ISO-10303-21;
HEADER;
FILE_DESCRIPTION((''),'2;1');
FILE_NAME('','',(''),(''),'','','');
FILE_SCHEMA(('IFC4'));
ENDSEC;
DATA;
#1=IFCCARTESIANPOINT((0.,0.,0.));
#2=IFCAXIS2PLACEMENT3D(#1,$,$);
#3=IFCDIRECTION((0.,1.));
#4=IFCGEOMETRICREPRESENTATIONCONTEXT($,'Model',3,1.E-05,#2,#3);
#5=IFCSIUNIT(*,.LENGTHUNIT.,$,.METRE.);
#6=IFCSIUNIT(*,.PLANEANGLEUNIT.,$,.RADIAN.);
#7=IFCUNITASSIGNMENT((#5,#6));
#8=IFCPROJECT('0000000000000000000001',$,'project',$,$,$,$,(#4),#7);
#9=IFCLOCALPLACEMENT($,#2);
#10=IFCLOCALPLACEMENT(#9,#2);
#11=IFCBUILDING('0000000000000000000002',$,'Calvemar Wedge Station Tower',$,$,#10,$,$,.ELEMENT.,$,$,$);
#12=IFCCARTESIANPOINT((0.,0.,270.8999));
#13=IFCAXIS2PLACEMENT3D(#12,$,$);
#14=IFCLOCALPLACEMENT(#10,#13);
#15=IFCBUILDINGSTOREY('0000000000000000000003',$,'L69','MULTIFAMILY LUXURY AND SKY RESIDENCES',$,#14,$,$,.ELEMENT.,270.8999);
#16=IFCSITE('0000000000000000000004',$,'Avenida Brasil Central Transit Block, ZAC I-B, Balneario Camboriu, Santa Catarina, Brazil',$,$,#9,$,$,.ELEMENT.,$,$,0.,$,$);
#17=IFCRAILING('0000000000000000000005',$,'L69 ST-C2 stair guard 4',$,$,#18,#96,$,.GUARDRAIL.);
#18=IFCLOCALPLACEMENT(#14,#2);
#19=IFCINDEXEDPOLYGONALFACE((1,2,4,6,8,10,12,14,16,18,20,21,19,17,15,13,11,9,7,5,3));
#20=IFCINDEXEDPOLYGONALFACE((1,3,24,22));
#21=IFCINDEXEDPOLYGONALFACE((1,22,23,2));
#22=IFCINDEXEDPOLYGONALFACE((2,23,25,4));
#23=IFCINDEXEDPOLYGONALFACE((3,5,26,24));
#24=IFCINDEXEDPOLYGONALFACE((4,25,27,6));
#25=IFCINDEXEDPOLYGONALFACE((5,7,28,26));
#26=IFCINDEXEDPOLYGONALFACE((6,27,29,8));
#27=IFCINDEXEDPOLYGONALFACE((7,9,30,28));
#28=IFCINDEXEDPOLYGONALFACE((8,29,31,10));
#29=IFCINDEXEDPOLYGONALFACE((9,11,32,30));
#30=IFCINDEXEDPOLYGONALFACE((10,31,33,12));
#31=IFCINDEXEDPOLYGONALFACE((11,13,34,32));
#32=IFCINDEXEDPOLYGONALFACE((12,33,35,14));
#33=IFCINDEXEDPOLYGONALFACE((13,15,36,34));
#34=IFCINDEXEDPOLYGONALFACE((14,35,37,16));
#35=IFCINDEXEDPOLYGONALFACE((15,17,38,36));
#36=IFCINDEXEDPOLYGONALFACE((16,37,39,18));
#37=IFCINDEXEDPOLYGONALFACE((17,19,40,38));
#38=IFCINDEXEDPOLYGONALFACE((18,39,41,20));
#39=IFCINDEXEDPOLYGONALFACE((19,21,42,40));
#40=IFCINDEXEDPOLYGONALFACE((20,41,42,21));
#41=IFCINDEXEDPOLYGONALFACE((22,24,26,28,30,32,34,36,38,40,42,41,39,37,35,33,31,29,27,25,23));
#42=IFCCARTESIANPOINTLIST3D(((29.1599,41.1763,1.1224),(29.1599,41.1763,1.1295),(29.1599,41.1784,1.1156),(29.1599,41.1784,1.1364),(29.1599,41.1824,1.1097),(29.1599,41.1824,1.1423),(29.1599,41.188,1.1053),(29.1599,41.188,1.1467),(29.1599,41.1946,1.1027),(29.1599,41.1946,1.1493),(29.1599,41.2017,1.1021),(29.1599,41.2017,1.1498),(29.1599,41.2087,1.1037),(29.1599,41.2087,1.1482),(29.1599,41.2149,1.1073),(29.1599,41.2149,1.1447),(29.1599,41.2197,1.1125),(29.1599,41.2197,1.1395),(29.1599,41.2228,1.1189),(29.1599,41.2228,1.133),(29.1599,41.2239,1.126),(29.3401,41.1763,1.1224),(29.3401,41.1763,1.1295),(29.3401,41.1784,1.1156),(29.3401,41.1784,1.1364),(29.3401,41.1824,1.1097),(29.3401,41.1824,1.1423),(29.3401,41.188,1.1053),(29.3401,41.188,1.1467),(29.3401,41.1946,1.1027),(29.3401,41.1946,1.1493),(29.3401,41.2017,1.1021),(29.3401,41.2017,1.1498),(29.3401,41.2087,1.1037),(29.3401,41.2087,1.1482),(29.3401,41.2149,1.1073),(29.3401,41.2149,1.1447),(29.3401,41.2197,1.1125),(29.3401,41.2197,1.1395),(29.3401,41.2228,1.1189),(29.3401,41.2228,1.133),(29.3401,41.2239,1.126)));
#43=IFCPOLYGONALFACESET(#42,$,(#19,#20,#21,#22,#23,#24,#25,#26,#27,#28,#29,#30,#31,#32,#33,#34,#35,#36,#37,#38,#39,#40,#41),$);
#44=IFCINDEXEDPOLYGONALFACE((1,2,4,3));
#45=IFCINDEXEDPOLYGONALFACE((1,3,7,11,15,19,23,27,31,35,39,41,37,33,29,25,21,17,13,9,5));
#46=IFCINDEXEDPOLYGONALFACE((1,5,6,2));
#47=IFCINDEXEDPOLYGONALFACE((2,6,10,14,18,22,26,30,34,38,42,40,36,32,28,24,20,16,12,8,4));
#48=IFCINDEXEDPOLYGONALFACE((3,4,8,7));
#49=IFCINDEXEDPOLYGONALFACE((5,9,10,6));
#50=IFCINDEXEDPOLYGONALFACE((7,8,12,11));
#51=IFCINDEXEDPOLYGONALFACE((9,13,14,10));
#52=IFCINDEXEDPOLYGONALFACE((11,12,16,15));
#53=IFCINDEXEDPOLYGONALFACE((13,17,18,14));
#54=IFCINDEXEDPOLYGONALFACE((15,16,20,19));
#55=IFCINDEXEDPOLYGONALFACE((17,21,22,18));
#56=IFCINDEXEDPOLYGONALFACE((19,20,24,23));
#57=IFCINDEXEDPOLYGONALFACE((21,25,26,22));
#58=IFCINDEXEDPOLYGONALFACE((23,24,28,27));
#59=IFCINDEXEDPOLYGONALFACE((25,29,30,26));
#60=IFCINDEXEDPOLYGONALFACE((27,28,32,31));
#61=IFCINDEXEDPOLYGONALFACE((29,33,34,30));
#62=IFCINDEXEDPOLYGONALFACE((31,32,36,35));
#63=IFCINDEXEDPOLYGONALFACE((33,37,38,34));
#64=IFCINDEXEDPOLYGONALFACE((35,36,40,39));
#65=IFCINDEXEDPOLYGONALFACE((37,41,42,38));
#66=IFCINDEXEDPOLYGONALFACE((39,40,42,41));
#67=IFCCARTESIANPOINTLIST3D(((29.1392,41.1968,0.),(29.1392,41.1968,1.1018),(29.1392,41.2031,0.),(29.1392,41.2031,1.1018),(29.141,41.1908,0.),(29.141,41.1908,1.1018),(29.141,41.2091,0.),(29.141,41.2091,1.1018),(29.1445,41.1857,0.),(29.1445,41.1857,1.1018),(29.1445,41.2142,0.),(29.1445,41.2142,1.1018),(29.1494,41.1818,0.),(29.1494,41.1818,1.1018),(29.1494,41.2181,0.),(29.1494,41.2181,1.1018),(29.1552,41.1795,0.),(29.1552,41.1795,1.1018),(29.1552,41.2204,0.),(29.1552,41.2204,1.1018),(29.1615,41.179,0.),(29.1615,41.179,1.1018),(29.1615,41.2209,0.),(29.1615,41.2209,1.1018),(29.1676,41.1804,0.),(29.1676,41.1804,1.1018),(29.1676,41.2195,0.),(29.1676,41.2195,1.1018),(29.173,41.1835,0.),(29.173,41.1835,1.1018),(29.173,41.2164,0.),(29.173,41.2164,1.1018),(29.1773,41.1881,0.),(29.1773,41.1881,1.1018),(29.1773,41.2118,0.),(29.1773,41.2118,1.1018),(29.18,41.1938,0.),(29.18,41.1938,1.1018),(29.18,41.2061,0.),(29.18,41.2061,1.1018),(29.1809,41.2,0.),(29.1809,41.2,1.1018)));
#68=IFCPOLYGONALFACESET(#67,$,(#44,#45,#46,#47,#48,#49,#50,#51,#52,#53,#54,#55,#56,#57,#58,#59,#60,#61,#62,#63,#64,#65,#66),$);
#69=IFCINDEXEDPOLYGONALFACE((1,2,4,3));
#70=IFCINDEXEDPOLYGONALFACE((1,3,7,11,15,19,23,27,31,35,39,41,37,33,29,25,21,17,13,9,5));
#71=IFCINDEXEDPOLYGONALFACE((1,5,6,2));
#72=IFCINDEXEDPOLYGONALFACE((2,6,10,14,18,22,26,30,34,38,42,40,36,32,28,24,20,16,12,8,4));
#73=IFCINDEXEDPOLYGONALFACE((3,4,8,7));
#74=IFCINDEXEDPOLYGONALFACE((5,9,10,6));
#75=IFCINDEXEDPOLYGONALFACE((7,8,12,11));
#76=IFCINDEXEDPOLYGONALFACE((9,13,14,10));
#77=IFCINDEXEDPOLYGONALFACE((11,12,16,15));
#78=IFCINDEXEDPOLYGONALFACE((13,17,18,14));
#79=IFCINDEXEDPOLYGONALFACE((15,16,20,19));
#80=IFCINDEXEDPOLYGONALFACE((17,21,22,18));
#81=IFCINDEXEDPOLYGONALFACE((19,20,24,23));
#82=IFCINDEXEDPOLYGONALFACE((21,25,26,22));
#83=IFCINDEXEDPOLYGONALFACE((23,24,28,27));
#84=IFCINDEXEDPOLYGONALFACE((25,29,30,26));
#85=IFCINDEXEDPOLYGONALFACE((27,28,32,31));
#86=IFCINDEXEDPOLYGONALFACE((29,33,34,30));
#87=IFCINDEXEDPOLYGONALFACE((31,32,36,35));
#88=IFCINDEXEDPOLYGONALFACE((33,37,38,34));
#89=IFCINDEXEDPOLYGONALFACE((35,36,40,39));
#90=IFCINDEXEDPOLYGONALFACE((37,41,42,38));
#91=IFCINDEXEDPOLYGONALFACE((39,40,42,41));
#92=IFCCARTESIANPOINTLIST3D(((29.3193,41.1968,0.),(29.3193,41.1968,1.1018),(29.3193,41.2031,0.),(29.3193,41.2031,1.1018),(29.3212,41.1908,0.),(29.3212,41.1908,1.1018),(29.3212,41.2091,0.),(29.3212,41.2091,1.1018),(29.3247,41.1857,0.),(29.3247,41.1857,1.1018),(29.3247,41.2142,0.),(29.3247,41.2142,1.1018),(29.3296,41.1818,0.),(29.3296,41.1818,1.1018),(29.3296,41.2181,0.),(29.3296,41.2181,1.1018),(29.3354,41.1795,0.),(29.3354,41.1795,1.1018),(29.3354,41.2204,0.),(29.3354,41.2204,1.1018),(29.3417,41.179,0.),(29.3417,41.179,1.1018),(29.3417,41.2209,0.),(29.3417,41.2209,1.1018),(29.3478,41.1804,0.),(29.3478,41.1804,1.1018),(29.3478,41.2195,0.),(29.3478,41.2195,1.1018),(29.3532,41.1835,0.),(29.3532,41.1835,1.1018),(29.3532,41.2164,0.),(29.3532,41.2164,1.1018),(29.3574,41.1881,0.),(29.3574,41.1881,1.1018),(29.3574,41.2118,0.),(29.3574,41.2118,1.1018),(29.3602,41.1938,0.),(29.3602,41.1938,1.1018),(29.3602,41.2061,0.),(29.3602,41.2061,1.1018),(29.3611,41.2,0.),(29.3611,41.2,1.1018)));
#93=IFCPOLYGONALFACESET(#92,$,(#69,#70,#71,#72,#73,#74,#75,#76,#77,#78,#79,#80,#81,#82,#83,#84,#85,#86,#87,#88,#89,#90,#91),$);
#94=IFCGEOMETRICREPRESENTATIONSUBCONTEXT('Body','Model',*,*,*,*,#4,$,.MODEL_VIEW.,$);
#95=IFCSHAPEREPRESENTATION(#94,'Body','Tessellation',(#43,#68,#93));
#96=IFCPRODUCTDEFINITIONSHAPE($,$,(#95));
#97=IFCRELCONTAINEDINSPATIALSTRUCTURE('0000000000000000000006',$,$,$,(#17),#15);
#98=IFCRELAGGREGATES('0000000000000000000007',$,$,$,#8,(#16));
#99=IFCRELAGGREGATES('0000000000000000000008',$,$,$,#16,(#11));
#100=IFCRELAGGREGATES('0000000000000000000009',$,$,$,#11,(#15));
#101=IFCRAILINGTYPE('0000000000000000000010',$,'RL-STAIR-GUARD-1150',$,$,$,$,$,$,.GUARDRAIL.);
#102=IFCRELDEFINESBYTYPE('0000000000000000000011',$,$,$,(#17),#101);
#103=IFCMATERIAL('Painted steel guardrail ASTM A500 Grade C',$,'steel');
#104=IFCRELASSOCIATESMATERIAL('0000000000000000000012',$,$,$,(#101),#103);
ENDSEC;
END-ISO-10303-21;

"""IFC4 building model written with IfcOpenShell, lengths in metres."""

from ifc_helpers import new_model, si_unit, direction, frame, origin, origin_2d, place, context, subcontext, project, spatial, circle, extrude, material, type_object, element, save


model = new_model("IFC4")

# Units and contexts
model_context = context("Model", 3, precision=1e-05, world=origin(), true_north=direction((0.0, 1.0)))
body_context = subcontext(model_context, "Body", "Model", "MODEL_VIEW")
ifc_project = project(units=[si_unit("LENGTHUNIT", "METRE"), si_unit("PLANEANGLEUNIT", "RADIAN")], contexts=[model_context])

# Site, building, storey
site_placement = place(None, origin())
site = spatial("IfcSite", under=ifc_project, at=site_placement, Name="Avenida Brasil Central Transit Block, ZAC I-B, Balneario Camboriu, Santa Catarina, Brazil", CompositionType="ELEMENT", RefElevation=0.0)
building_placement = place(site_placement, origin())
building = spatial("IfcBuilding", under=site, at=building_placement, Name="Calvemar Wedge Station Tower", CompositionType="ELEMENT")
storey_placement = place(building_placement, frame((0.0, 0.0, 270.8999)))
storey = spatial("IfcBuildingStorey", under=building, at=storey_placement, Name="L69", Description="MULTIFAMILY LUXURY AND SKY RESIDENCES", CompositionType="ELEMENT", Elevation=270.8999)

# Railing
ifc_material_1 = material(Name="Painted steel guardrail ASTM A500 Grade C", Category="steel")
railing_type = type_object("IfcRailingType", Name="RL-STAIR-GUARD-1150", PredefinedType="GUARDRAIL", material=ifc_material_1)
railing_1_placement = place(storey_placement, frame((29.1599, 41.2, 0.0)))
element("IfcRailing", 1, at=railing_1_placement, inside=storey, type_object=railing_type, Name="L69 ST-C2 stair guard 4", PredefinedType="GUARDRAIL", context=body_context, shape_type="SweptSolid", body=[
    extrude(circle(Radius=0.0239, at=origin_2d()), frame((0.0, 0.0, 1.126), z_axis=(1.0, 0.0, 0.0), x_axis=(0.0, 1.0, 0.0)), (0.0, 0.0, 1.0), 0.1802),
    extrude(circle(Radius=0.021, at=origin_2d()), origin(), (0.0, 0.0, 1.0), 1.1018),
    extrude(circle(Radius=0.021, at=origin_2d()), frame((0.1802, 0.0, 0.0)), (0.0, 0.0, 1.0), 1.1018),
])

save(model, "model.ifc")
